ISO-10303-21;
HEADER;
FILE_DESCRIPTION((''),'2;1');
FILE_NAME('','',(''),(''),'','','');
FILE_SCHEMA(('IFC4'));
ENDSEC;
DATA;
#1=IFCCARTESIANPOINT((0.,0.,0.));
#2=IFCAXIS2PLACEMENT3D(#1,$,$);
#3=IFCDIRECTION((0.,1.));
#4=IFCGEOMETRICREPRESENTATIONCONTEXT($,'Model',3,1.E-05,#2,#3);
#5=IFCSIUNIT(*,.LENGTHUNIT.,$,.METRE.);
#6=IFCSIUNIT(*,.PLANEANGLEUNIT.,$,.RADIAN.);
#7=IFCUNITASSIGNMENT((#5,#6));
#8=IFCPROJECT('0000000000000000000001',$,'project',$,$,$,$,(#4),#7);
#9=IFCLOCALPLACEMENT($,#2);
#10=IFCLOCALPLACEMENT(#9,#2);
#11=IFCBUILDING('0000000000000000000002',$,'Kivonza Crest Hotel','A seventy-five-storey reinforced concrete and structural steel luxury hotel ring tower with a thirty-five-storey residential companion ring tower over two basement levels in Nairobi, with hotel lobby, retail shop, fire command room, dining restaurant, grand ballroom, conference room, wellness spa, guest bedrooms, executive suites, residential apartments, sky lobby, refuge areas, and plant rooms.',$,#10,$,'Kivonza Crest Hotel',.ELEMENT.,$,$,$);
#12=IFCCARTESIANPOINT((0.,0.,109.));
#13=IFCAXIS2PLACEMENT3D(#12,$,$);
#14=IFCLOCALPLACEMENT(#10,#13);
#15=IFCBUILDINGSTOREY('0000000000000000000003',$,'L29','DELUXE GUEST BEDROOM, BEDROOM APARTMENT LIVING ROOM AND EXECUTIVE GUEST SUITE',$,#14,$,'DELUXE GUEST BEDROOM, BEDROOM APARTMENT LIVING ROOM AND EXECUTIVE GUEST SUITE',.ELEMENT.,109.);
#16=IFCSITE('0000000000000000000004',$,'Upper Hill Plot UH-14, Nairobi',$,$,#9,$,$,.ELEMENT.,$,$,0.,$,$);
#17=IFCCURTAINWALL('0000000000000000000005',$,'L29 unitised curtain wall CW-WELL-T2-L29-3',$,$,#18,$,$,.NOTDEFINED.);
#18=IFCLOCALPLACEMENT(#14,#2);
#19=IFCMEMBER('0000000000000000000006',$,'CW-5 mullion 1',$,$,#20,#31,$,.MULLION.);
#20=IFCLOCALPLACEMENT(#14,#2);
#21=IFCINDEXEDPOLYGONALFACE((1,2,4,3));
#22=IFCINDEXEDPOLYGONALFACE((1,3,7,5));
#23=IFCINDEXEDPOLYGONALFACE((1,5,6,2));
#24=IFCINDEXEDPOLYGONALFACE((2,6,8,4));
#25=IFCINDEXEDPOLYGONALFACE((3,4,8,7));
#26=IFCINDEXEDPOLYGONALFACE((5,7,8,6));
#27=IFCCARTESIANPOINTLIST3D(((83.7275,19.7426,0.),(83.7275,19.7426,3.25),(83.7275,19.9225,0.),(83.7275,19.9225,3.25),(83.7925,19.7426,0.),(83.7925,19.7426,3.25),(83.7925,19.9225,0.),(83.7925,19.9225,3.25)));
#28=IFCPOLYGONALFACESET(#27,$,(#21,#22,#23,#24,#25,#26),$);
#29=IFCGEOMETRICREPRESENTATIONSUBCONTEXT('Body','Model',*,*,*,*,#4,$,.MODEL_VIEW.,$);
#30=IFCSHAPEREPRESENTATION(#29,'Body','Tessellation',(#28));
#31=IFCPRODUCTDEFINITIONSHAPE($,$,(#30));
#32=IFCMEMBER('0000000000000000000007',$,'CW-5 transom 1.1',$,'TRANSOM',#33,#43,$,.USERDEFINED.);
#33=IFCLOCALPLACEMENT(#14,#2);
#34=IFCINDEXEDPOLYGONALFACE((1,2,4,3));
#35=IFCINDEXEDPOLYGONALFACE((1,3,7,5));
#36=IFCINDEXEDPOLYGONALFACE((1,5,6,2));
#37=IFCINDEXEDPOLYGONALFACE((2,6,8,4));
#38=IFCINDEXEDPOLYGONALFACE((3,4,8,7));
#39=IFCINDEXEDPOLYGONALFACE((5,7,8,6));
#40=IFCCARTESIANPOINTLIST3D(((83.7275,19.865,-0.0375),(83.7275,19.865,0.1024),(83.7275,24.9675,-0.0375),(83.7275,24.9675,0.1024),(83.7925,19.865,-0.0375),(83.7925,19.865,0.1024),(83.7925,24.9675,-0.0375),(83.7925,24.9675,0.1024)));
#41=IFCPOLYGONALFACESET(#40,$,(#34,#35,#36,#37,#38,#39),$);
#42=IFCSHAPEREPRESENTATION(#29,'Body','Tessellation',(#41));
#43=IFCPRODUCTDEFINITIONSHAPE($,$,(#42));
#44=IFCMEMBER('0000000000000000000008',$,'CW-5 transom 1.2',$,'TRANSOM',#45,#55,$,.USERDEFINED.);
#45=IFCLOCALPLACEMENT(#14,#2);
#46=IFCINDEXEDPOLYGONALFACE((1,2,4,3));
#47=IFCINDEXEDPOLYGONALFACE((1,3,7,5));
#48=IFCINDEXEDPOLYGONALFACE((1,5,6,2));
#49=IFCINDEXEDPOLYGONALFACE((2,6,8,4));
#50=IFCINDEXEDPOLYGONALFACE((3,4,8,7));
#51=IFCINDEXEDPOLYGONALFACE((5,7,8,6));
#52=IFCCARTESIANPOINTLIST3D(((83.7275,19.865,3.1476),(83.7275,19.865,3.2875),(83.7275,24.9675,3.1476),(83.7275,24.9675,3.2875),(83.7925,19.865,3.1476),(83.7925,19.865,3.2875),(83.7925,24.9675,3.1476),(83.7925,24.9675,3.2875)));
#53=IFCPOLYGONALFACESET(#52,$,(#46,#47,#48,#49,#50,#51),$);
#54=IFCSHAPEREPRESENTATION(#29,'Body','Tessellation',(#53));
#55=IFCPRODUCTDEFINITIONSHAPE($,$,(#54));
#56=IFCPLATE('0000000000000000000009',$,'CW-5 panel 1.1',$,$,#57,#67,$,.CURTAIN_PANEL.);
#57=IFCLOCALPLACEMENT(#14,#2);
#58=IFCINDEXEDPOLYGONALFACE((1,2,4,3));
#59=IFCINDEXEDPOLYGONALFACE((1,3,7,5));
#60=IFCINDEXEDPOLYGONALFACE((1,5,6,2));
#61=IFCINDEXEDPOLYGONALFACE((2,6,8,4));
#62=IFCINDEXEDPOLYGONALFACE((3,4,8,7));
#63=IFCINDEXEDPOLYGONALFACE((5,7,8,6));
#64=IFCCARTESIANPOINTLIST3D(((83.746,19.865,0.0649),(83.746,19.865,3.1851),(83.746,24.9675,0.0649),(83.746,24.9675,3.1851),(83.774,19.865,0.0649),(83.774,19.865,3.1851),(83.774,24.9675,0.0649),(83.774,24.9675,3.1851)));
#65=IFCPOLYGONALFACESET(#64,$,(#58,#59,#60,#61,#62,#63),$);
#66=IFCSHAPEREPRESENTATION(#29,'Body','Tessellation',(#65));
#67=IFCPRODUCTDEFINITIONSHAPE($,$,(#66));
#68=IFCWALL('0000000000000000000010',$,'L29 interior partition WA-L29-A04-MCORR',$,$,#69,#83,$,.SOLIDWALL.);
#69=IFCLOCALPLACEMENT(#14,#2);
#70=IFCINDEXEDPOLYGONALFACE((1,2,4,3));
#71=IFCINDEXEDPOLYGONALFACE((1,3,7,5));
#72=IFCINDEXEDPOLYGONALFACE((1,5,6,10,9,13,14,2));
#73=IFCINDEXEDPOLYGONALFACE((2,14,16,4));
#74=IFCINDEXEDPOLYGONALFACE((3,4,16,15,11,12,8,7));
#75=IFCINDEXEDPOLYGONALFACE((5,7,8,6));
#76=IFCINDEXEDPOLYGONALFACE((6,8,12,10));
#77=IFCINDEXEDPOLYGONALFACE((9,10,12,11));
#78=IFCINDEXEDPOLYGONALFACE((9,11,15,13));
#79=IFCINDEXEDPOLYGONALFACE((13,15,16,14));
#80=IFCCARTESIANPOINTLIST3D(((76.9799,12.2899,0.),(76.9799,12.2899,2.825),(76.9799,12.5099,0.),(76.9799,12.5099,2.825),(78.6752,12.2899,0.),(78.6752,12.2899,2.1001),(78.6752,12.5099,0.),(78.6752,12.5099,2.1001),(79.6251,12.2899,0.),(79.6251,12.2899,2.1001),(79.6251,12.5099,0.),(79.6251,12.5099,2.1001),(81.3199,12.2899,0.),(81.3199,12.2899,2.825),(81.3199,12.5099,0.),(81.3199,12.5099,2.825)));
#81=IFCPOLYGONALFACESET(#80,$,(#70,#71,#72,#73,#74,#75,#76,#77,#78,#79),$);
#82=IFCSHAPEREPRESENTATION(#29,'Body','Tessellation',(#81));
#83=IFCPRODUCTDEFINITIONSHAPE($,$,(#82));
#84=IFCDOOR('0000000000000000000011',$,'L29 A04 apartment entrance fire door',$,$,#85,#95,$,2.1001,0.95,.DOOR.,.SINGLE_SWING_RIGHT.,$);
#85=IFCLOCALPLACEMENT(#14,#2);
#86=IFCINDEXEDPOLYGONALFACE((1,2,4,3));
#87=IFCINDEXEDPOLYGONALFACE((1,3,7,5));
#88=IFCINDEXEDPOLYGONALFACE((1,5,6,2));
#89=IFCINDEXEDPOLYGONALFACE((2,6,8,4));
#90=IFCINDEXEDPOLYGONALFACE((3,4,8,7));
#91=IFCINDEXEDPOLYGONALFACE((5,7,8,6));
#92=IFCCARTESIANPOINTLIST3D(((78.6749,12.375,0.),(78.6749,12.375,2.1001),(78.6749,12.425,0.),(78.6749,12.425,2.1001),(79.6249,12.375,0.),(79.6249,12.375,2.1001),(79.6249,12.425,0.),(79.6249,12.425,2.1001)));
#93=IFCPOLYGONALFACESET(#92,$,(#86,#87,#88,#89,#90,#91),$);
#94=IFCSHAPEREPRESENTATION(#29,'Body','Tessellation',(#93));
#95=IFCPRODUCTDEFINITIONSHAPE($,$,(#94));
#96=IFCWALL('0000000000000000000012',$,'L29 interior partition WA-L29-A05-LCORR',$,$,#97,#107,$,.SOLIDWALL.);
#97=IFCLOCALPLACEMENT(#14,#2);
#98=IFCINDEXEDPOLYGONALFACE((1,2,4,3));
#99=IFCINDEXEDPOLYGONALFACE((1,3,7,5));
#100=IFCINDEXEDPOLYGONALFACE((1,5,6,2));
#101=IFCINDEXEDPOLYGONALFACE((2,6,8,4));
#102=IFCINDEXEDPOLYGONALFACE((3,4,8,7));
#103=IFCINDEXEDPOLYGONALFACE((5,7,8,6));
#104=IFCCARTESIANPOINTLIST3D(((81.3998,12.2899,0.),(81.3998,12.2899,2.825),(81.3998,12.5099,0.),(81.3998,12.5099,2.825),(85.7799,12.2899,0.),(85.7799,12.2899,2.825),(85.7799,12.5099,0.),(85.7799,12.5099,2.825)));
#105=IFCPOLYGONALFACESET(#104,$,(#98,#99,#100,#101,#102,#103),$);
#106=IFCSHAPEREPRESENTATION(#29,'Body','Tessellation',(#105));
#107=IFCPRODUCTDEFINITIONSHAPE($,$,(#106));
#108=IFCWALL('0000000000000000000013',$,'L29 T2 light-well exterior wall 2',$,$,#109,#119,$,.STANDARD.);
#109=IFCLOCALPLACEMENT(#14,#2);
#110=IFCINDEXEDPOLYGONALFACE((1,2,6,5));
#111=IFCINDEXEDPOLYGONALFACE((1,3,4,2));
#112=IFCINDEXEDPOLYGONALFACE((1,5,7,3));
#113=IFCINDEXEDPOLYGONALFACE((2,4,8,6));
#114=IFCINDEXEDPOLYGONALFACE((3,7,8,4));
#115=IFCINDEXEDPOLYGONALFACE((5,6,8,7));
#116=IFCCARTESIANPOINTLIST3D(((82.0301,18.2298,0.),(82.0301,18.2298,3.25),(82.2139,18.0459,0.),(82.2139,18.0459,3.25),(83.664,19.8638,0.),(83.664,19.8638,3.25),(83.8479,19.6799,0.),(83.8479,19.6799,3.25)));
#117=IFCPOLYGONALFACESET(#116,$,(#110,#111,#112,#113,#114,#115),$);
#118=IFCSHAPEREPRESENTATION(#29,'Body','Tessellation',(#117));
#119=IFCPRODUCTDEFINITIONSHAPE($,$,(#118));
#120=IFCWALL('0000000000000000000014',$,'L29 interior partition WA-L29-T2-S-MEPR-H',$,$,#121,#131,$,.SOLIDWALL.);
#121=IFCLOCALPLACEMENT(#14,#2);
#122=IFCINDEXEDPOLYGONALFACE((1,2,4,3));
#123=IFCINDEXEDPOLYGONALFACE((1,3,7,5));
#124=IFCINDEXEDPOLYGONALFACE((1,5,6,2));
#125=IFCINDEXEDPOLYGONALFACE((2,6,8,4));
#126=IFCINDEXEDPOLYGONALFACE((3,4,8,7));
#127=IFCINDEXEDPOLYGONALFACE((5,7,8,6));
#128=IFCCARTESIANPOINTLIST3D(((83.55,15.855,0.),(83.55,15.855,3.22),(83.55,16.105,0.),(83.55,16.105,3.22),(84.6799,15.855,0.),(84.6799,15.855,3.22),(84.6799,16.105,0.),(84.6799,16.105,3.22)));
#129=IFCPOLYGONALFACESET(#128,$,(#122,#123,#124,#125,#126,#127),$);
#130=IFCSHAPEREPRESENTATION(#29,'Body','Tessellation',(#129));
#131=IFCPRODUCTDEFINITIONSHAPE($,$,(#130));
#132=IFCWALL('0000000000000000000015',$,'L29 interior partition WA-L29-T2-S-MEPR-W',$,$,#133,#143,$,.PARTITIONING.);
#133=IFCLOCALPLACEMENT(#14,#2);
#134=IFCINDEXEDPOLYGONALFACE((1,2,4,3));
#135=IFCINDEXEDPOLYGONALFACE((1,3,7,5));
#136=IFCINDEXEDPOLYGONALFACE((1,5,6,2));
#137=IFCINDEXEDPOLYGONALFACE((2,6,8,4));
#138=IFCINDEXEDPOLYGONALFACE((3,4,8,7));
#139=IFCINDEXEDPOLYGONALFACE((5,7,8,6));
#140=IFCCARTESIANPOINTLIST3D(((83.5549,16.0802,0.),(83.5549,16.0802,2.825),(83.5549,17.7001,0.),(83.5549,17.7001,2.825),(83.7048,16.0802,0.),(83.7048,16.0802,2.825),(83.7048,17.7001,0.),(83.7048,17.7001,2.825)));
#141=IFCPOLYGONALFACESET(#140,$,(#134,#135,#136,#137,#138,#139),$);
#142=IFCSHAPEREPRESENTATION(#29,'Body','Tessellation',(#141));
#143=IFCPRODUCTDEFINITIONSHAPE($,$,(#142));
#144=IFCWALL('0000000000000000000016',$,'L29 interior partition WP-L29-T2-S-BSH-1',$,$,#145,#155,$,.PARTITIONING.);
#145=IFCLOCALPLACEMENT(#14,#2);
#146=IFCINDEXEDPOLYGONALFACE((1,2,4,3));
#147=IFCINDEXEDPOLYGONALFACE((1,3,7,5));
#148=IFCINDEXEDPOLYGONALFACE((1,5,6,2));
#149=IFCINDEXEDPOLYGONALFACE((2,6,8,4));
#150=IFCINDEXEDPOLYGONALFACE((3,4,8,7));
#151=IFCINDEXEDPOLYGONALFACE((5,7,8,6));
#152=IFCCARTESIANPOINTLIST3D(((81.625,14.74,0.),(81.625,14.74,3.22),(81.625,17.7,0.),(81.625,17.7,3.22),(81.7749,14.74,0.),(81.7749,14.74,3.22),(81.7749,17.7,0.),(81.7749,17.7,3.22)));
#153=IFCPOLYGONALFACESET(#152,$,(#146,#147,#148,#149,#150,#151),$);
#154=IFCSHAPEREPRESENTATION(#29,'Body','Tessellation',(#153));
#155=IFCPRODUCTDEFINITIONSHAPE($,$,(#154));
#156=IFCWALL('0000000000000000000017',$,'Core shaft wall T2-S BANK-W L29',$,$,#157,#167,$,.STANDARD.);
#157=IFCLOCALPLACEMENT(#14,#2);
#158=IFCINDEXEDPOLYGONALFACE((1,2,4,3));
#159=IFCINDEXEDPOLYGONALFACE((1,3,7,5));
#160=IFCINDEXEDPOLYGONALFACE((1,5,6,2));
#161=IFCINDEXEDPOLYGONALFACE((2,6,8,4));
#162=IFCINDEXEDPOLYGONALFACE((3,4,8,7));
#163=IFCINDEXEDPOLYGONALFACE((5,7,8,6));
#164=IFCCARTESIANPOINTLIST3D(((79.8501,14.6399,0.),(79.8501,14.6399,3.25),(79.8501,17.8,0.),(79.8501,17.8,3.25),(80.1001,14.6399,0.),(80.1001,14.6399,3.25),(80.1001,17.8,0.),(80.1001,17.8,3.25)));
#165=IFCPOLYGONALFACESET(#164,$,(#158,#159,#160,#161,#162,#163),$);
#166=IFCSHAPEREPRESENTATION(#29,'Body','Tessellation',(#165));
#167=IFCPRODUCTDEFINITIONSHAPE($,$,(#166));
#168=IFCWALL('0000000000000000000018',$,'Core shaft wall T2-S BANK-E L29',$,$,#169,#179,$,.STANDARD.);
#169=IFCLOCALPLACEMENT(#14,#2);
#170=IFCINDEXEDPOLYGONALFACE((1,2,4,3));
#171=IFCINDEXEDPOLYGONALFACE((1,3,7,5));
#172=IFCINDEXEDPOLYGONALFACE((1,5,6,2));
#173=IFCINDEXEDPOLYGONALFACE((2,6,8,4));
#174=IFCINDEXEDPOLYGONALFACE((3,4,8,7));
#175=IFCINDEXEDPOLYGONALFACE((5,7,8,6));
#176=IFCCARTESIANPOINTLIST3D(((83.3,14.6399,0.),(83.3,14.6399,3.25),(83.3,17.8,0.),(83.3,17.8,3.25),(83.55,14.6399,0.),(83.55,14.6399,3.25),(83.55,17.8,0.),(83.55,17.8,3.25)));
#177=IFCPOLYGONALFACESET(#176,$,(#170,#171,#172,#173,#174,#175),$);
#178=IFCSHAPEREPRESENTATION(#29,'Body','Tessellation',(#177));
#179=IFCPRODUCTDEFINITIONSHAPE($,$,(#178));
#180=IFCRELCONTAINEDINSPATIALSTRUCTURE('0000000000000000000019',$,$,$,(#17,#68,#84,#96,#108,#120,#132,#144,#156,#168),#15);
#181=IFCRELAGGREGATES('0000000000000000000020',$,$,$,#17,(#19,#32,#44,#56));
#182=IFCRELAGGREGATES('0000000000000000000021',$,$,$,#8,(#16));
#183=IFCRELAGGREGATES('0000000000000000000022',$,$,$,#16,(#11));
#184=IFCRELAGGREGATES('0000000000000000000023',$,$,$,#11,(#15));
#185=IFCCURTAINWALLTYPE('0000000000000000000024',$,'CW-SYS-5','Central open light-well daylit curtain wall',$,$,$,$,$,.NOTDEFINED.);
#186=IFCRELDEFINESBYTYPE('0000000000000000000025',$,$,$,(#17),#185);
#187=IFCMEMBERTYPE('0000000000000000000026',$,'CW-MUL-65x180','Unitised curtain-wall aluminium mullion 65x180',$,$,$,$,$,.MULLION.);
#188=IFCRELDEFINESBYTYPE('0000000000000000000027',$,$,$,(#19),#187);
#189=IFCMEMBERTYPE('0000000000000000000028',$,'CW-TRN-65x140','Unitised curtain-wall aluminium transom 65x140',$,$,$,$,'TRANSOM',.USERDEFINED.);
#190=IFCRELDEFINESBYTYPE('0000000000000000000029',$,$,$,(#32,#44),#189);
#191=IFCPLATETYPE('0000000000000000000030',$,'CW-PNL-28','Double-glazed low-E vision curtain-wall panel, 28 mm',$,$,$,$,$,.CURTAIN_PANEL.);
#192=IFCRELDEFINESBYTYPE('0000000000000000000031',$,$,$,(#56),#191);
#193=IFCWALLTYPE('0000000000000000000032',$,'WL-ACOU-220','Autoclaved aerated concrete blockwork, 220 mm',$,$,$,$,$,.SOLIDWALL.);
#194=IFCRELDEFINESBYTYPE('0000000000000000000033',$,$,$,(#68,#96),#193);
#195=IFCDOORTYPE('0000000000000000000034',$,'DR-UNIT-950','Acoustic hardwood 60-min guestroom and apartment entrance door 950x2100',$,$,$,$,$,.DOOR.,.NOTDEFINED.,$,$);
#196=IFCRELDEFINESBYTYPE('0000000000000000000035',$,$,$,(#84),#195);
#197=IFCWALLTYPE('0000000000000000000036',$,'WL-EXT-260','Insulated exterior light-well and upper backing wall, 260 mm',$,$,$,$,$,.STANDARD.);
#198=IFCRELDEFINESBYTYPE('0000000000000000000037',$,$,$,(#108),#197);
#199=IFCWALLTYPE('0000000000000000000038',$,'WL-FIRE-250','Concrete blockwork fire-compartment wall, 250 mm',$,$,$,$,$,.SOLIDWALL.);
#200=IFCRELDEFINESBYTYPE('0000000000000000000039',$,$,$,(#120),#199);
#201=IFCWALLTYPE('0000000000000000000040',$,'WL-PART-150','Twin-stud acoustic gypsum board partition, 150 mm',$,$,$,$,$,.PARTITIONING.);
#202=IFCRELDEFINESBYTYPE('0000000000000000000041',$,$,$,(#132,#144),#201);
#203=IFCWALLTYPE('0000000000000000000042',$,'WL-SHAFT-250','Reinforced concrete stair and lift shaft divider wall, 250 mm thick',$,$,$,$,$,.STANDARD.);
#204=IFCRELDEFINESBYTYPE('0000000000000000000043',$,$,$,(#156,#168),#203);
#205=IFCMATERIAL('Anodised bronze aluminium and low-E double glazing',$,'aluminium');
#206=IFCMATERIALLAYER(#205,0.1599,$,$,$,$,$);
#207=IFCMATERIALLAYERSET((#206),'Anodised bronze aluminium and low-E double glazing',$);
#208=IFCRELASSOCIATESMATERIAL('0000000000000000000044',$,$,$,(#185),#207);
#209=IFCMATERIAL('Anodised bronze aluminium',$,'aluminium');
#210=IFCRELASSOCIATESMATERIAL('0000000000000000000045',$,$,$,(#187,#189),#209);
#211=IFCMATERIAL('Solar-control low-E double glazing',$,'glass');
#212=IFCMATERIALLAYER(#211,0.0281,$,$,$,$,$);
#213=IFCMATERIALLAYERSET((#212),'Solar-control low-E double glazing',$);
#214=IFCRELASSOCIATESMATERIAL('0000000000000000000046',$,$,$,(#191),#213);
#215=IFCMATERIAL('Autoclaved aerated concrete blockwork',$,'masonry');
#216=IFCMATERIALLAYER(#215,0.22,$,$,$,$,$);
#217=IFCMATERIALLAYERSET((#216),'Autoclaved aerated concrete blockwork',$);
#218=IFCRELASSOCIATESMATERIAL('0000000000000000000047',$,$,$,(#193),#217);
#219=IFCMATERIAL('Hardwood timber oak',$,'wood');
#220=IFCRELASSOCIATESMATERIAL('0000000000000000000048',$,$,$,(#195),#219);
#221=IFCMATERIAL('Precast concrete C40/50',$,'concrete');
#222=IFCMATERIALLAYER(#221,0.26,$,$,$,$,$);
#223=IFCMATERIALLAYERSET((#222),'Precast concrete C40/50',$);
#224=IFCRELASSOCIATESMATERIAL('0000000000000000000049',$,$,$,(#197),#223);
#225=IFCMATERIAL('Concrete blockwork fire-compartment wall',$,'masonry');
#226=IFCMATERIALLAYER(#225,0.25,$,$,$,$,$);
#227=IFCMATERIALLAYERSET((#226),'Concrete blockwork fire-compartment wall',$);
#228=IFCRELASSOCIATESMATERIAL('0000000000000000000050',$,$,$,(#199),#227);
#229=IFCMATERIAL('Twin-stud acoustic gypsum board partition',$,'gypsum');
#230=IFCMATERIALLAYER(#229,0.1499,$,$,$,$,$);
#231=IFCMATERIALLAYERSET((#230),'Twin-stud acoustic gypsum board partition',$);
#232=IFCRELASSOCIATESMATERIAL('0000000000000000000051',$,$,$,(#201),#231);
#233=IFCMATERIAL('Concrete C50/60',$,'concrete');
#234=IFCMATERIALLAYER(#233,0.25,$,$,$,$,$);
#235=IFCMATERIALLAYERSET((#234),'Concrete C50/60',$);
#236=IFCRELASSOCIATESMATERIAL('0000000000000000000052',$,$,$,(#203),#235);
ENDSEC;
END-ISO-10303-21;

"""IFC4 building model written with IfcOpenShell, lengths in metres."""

from ifc_helpers import new_model, si_unit, direction, frame, frame_2d, origin, origin_2d, place, context, subcontext, project, spatial, rectangle, extrude, material, layer, layer_set, material_profile, profile_set, type_object, element, fill, aggregate, save


model = new_model("IFC4")

# Units and contexts
model_context = context("Model", 3, precision=1e-05, world=origin(), true_north=direction((0.0, 1.0)))
body_context = subcontext(model_context, "Body", "Model", "MODEL_VIEW")
ifc_project = project(units=[si_unit("LENGTHUNIT", "METRE"), si_unit("PLANEANGLEUNIT", "RADIAN")], contexts=[model_context])

# Site, building, storey
site_placement = place(None, origin())
site = spatial("IfcSite", under=ifc_project, at=site_placement, Name="Upper Hill Plot UH-14, Nairobi", CompositionType="ELEMENT", RefElevation=0.0)
building_placement = place(site_placement, origin())
building = spatial("IfcBuilding", under=site, at=building_placement, Name="Kivonza Crest Hotel", Description="A seventy-five-storey reinforced concrete and structural steel luxury hotel ring tower with a thirty-five-storey residential companion ring tower over two basement levels in Nairobi, with hotel lobby, retail shop, fire command room, dining restaurant, grand ballroom, conference room, wellness spa, guest bedrooms, executive suites, residential apartments, sky lobby, refuge areas, and plant rooms.", LongName="Kivonza Crest Hotel", CompositionType="ELEMENT")
storey_placement = place(building_placement, frame((0.0, 0.0, 109.0)))
storey = spatial("IfcBuildingStorey", under=building, at=storey_placement, Name="L29", Description="DELUXE GUEST BEDROOM, BEDROOM APARTMENT LIVING ROOM AND EXECUTIVE GUEST SUITE", LongName="DELUXE GUEST BEDROOM, BEDROOM APARTMENT LIVING ROOM AND EXECUTIVE GUEST SUITE", CompositionType="ELEMENT", Elevation=109.0)

# Curtain wall, members, plate
ifc_material_1 = material(Name="Anodised bronze aluminium and low-E double glazing", Category="aluminium")
ifc_layer_1 = layer(ifc_material_1, 0.1599)
ifc_layer_set_1 = layer_set([ifc_layer_1], Name="Anodised bronze aluminium and low-E double glazing")
curtain_wall_type = type_object("IfcCurtainWallType", Name="CW-SYS-5", Description="Central open light-well daylit curtain wall", PredefinedType="NOTDEFINED", material=ifc_layer_set_1)
curtain_wall_placement = place(storey_placement, origin())
curtain_wall = element("IfcCurtainWall", 1, at=curtain_wall_placement, inside=storey, type_object=curtain_wall_type, Name="L29 unitised curtain wall CW-WELL-T2-L29-3", PredefinedType="NOTDEFINED")
ifc_material_2 = material(Name="Anodised bronze aluminium", Category="aluminium")
ifc_material_profile_1 = material_profile(ifc_material_2, rectangle(XDim=0.0649, YDim=0.1799, at=origin_2d()), Name="CW-M 65x180")
ifc_profile_set_1 = profile_set([ifc_material_profile_1], Name="Anodised bronze aluminium")
member_type_1 = type_object("IfcMemberType", Name="CW-MUL-65x180", Description="Unitised curtain-wall aluminium mullion 65x180", PredefinedType="MULLION", material=ifc_profile_set_1)
member_1_placement = place(storey_placement, frame((83.76, 19.8325, 0.0), z_axis=(0.0, 0.0, 1.0), x_axis=(-1.0, 0.0, 0.0)))
member_1 = element("IfcMember", 2, at=member_1_placement, type_object=member_type_1, Name="CW-5 mullion 1", PredefinedType="MULLION", context=body_context, shape_type="SweptSolid", body=[
    extrude(rectangle(XDim=0.0649, YDim=0.1799, at=origin_2d()), origin(), (0.0, 0.0, 1.0), 3.25),
])
ifc_material_profile_2 = material_profile(ifc_material_2, rectangle(XDim=0.0649, YDim=0.1399, at=origin_2d()), Name="CW-T 65x140")
ifc_profile_set_2 = profile_set([ifc_material_profile_2], Name="Anodised bronze aluminium")
member_type_2 = type_object("IfcMemberType", Name="CW-TRN-65x140", Description="Unitised curtain-wall aluminium transom 65x140", ElementType="TRANSOM", PredefinedType="USERDEFINED", material=ifc_profile_set_2)
member_2_placement = place(storey_placement, frame((83.76, 19.865, 0.0325), z_axis=(0.0, 1.0, 0.0), x_axis=(-1.0, 0.0, 0.0)))
member_2 = element("IfcMember", 3, at=member_2_placement, type_object=member_type_2, Name="CW-5 transom 1.1", ObjectType="TRANSOM", PredefinedType="USERDEFINED", context=body_context, shape_type="SweptSolid", body=[
    extrude(rectangle(XDim=0.0649, YDim=0.1399, at=origin_2d()), origin(), (0.0, 0.0, 1.0), 5.1025),
])
member_3_placement = place(storey_placement, frame((83.76, 19.865, 3.2175), z_axis=(0.0, 1.0, 0.0), x_axis=(-1.0, 0.0, 0.0)))
member_3 = element("IfcMember", 4, at=member_3_placement, type_object=member_type_2, Name="CW-5 transom 1.2", ObjectType="TRANSOM", PredefinedType="USERDEFINED", context=body_context, shape_type="SweptSolid", body=[
    extrude(rectangle(XDim=0.0649, YDim=0.1399, at=origin_2d()), origin(), (0.0, 0.0, 1.0), 5.1025),
])
ifc_material_3 = material(Name="Solar-control low-E double glazing", Category="glass")
ifc_layer_2 = layer(ifc_material_3, 0.0281)
ifc_layer_set_2 = layer_set([ifc_layer_2], Name="Solar-control low-E double glazing")
plate_type = type_object("IfcPlateType", Name="CW-PNL-28", Description="Double-glazed low-E vision curtain-wall panel, 28 mm", PredefinedType="CURTAIN_PANEL", material=ifc_layer_set_2)
plate_placement = place(storey_placement, frame((83.76, 22.4163, 0.0649), z_axis=(0.0, 0.0, 1.0), x_axis=(0.0, 1.0, 0.0)))
plate = element("IfcPlate", 5, at=plate_placement, type_object=plate_type, Name="CW-5 panel 1.1", PredefinedType="CURTAIN_PANEL", context=body_context, shape_type="SweptSolid", body=[
    extrude(rectangle(XDim=5.1025, YDim=0.0281, at=origin_2d()), origin(), (0.0, 0.0, 1.0), 3.1201),
])
aggregate(curtain_wall, [member_1, member_2, member_3, plate])

# Wall, opening, door
ifc_material_4 = material(Name="Autoclaved aerated concrete blockwork", Category="masonry")
ifc_layer_3 = layer(ifc_material_4, 0.22)
ifc_layer_set_3 = layer_set([ifc_layer_3], Name="Autoclaved aerated concrete blockwork")
wall_type_1 = type_object("IfcWallType", Name="WL-ACOU-220", Description="Autoclaved aerated concrete blockwork, 220 mm", PredefinedType="SOLIDWALL", material=ifc_layer_set_3)
wall_1_placement = place(storey_placement, frame((76.98, 12.3999, 0.0), z_axis=(0.0, 0.0, 1.0), x_axis=(1.0, 0.0, 0.0)))
wall_1 = element("IfcWall", 6, at=wall_1_placement, inside=storey, type_object=wall_type_1, Name="L29 interior partition WA-L29-A04-MCORR", PredefinedType="SOLIDWALL", context=body_context, shape_type="SweptSolid", body=[
    extrude(rectangle(XDim=4.3401, YDim=0.22, at=frame_2d((2.1699, 0.0))), origin(), (0.0, 0.0, 1.0), 2.825),
])
opening_1_placement = place(wall_1_placement, frame((1.6951, 0.0, 0.0)))
opening_1 = element("IfcOpeningElement", 7, at=opening_1_placement, cuts=wall_1, PredefinedType="OPENING", context=body_context, shape_type="SweptSolid", body=[
    extrude(rectangle(XDim=0.95, YDim=2.1001, at=frame_2d((0.4751, 1.05))), frame((0.0, 0.1201, 0.0), z_axis=(0.0, -1.0, 0.0), x_axis=(1.0, 0.0, 0.0)), (0.0, 0.0, 1.0), 0.24),
])
ifc_material_5 = material(Name="Hardwood timber oak", Category="wood")
door_type_1 = type_object("IfcDoorType", Name="DR-UNIT-950", Description="Acoustic hardwood 60-min guestroom and apartment entrance door 950x2100", OperationType="NOTDEFINED", PredefinedType="DOOR", material=ifc_material_5)
door_1_placement = place(opening_1_placement, frame((0.95, 0.0, 0.0), z_axis=(0.0, 0.0, 1.0), x_axis=(-1.0, 0.0, 0.0)))
door_1 = element("IfcDoor", 8, at=door_1_placement, inside=storey, type_object=door_type_1, Name="L29 A04 apartment entrance fire door", OperationType="SINGLE_SWING_RIGHT", OverallHeight=2.1001, OverallWidth=0.95, PredefinedType="DOOR", context=body_context, shape_type="SweptSolid", body=[
    extrude(rectangle(XDim=0.95, YDim=2.1001, at=frame_2d((0.4751, 1.05))), frame((0.0, 0.0249, 0.0), z_axis=(0.0, -1.0, 0.0), x_axis=(1.0, 0.0, 0.0)), (0.0, 0.0, 1.0), 0.05),
])
fill(opening_1, door_1)

# Walls
wall_2_placement = place(storey_placement, frame((81.3999, 12.3999, 0.0), z_axis=(0.0, 0.0, 1.0), x_axis=(1.0, 0.0, 0.0)))
element("IfcWall", 9, at=wall_2_placement, inside=storey, type_object=wall_type_1, Name="L29 interior partition WA-L29-A05-LCORR", PredefinedType="SOLIDWALL", context=body_context, shape_type="SweptSolid", body=[
    extrude(rectangle(XDim=4.3801, YDim=0.22, at=frame_2d((2.1899, 0.0))), origin(), (0.0, 0.0, 1.0), 2.825),
])
ifc_material_6 = material(Name="Precast concrete C40/50", Category="concrete")
ifc_layer_4 = layer(ifc_material_6, 0.26)
ifc_layer_set_4 = layer_set([ifc_layer_4], Name="Precast concrete C40/50")
wall_type_2 = type_object("IfcWallType", Name="WL-EXT-260", Description="Insulated exterior light-well and upper backing wall, 260 mm", PredefinedType="STANDARD", material=ifc_layer_set_4)
wall_3_placement = place(storey_placement, frame((82.1221, 18.1379, 0.0), z_axis=(0.0, 0.0, 1.0), x_axis=(0.707107, 0.707107, 0.0)))
element("IfcWall", 10, at=wall_3_placement, inside=storey, type_object=wall_type_2, Name="L29 T2 light-well exterior wall 2", PredefinedType="STANDARD", context=body_context, shape_type="SweptSolid", body=[
    extrude(rectangle(XDim=2.3108, YDim=0.26, at=frame_2d((1.1553, 0.0))), origin(), (0.0, 0.0, 1.0), 3.25),
])
ifc_material_7 = material(Name="Concrete blockwork fire-compartment wall", Category="masonry")
ifc_layer_5 = layer(ifc_material_7, 0.25)
ifc_layer_set_5 = layer_set([ifc_layer_5], Name="Concrete blockwork fire-compartment wall")
wall_type_3 = type_object("IfcWallType", Name="WL-FIRE-250", Description="Concrete blockwork fire-compartment wall, 250 mm", PredefinedType="SOLIDWALL", material=ifc_layer_set_5)
wall_4_placement = place(storey_placement, frame((83.55, 15.98, 0.0), z_axis=(0.0, 0.0, 1.0), x_axis=(1.0, 0.0, 0.0)))
element("IfcWall", 11, at=wall_4_placement, inside=storey, type_object=wall_type_3, Name="L29 interior partition WA-L29-T2-S-MEPR-H", PredefinedType="SOLIDWALL", context=body_context, shape_type="SweptSolid", body=[
    extrude(rectangle(XDim=1.1299, YDim=0.25, at=frame_2d((0.5649, 0.0))), origin(), (0.0, 0.0, 1.0), 3.22),
])
ifc_material_8 = material(Name="Twin-stud acoustic gypsum board partition", Category="gypsum")
ifc_layer_6 = layer(ifc_material_8, 0.1499)
ifc_layer_set_6 = layer_set([ifc_layer_6], Name="Twin-stud acoustic gypsum board partition")
wall_type_4 = type_object("IfcWallType", Name="WL-PART-150", Description="Twin-stud acoustic gypsum board partition, 150 mm", PredefinedType="PARTITIONING", material=ifc_layer_set_6)
wall_5_placement = place(storey_placement, frame((83.6299, 16.0801, 0.0), z_axis=(0.0, 0.0, 1.0), x_axis=(0.0, 1.0, 0.0)))
element("IfcWall", 12, at=wall_5_placement, inside=storey, type_object=wall_type_4, Name="L29 interior partition WA-L29-T2-S-MEPR-W", PredefinedType="PARTITIONING", context=body_context, shape_type="SweptSolid", body=[
    extrude(rectangle(XDim=1.6199, YDim=0.1499, at=frame_2d((0.8101, 0.0))), origin(), (0.0, 0.0, 1.0), 2.825),
])
wall_6_placement = place(storey_placement, frame((81.7, 14.74, 0.0), z_axis=(0.0, 0.0, 1.0), x_axis=(0.0, 1.0, 0.0)))
element("IfcWall", 13, at=wall_6_placement, inside=storey, type_object=wall_type_4, Name="L29 interior partition WP-L29-T2-S-BSH-1", PredefinedType="PARTITIONING", context=body_context, shape_type="SweptSolid", body=[
    extrude(rectangle(XDim=2.96, YDim=0.1499, at=frame_2d((1.48, 0.0))), origin(), (0.0, 0.0, 1.0), 3.22),
])

# Shared definitions
ifc_material_9 = material(Name="Concrete C50/60", Category="concrete")
ifc_layer_7 = layer(ifc_material_9, 0.25)
ifc_layer_set_7 = layer_set([ifc_layer_7], Name="Concrete C50/60")
wall_type_5 = type_object("IfcWallType", Name="WL-SHAFT-250", Description="Reinforced concrete stair and lift shaft divider wall, 250 mm thick", PredefinedType="STANDARD", material=ifc_layer_set_7)

# Walls
for number, where, z_axis, x_axis, name in (
    (14, (79.9751, 14.6399, 0.0), (0.0, 0.0, 1.0), (0.0, 1.0, 0.0), "Core shaft wall T2-S BANK-W L29"),
    (15, (83.425, 14.6399, 0.0), (0.0, 0.0, 1.0), (0.0, 1.0, 0.0), "Core shaft wall T2-S BANK-E L29"),
):
    element("IfcWall", number, at=place(storey_placement, frame(where, z_axis=z_axis, x_axis=x_axis)), inside=storey, type_object=wall_type_5, Name=name, PredefinedType="STANDARD", context=body_context, shape_type="SweptSolid", body=[
        extrude(rectangle(XDim=3.1602, YDim=0.25, at=frame_2d((1.5801, 0.0))), origin(), (0.0, 0.0, 1.0), 3.25),
    ])

save(model, "model.ifc")
